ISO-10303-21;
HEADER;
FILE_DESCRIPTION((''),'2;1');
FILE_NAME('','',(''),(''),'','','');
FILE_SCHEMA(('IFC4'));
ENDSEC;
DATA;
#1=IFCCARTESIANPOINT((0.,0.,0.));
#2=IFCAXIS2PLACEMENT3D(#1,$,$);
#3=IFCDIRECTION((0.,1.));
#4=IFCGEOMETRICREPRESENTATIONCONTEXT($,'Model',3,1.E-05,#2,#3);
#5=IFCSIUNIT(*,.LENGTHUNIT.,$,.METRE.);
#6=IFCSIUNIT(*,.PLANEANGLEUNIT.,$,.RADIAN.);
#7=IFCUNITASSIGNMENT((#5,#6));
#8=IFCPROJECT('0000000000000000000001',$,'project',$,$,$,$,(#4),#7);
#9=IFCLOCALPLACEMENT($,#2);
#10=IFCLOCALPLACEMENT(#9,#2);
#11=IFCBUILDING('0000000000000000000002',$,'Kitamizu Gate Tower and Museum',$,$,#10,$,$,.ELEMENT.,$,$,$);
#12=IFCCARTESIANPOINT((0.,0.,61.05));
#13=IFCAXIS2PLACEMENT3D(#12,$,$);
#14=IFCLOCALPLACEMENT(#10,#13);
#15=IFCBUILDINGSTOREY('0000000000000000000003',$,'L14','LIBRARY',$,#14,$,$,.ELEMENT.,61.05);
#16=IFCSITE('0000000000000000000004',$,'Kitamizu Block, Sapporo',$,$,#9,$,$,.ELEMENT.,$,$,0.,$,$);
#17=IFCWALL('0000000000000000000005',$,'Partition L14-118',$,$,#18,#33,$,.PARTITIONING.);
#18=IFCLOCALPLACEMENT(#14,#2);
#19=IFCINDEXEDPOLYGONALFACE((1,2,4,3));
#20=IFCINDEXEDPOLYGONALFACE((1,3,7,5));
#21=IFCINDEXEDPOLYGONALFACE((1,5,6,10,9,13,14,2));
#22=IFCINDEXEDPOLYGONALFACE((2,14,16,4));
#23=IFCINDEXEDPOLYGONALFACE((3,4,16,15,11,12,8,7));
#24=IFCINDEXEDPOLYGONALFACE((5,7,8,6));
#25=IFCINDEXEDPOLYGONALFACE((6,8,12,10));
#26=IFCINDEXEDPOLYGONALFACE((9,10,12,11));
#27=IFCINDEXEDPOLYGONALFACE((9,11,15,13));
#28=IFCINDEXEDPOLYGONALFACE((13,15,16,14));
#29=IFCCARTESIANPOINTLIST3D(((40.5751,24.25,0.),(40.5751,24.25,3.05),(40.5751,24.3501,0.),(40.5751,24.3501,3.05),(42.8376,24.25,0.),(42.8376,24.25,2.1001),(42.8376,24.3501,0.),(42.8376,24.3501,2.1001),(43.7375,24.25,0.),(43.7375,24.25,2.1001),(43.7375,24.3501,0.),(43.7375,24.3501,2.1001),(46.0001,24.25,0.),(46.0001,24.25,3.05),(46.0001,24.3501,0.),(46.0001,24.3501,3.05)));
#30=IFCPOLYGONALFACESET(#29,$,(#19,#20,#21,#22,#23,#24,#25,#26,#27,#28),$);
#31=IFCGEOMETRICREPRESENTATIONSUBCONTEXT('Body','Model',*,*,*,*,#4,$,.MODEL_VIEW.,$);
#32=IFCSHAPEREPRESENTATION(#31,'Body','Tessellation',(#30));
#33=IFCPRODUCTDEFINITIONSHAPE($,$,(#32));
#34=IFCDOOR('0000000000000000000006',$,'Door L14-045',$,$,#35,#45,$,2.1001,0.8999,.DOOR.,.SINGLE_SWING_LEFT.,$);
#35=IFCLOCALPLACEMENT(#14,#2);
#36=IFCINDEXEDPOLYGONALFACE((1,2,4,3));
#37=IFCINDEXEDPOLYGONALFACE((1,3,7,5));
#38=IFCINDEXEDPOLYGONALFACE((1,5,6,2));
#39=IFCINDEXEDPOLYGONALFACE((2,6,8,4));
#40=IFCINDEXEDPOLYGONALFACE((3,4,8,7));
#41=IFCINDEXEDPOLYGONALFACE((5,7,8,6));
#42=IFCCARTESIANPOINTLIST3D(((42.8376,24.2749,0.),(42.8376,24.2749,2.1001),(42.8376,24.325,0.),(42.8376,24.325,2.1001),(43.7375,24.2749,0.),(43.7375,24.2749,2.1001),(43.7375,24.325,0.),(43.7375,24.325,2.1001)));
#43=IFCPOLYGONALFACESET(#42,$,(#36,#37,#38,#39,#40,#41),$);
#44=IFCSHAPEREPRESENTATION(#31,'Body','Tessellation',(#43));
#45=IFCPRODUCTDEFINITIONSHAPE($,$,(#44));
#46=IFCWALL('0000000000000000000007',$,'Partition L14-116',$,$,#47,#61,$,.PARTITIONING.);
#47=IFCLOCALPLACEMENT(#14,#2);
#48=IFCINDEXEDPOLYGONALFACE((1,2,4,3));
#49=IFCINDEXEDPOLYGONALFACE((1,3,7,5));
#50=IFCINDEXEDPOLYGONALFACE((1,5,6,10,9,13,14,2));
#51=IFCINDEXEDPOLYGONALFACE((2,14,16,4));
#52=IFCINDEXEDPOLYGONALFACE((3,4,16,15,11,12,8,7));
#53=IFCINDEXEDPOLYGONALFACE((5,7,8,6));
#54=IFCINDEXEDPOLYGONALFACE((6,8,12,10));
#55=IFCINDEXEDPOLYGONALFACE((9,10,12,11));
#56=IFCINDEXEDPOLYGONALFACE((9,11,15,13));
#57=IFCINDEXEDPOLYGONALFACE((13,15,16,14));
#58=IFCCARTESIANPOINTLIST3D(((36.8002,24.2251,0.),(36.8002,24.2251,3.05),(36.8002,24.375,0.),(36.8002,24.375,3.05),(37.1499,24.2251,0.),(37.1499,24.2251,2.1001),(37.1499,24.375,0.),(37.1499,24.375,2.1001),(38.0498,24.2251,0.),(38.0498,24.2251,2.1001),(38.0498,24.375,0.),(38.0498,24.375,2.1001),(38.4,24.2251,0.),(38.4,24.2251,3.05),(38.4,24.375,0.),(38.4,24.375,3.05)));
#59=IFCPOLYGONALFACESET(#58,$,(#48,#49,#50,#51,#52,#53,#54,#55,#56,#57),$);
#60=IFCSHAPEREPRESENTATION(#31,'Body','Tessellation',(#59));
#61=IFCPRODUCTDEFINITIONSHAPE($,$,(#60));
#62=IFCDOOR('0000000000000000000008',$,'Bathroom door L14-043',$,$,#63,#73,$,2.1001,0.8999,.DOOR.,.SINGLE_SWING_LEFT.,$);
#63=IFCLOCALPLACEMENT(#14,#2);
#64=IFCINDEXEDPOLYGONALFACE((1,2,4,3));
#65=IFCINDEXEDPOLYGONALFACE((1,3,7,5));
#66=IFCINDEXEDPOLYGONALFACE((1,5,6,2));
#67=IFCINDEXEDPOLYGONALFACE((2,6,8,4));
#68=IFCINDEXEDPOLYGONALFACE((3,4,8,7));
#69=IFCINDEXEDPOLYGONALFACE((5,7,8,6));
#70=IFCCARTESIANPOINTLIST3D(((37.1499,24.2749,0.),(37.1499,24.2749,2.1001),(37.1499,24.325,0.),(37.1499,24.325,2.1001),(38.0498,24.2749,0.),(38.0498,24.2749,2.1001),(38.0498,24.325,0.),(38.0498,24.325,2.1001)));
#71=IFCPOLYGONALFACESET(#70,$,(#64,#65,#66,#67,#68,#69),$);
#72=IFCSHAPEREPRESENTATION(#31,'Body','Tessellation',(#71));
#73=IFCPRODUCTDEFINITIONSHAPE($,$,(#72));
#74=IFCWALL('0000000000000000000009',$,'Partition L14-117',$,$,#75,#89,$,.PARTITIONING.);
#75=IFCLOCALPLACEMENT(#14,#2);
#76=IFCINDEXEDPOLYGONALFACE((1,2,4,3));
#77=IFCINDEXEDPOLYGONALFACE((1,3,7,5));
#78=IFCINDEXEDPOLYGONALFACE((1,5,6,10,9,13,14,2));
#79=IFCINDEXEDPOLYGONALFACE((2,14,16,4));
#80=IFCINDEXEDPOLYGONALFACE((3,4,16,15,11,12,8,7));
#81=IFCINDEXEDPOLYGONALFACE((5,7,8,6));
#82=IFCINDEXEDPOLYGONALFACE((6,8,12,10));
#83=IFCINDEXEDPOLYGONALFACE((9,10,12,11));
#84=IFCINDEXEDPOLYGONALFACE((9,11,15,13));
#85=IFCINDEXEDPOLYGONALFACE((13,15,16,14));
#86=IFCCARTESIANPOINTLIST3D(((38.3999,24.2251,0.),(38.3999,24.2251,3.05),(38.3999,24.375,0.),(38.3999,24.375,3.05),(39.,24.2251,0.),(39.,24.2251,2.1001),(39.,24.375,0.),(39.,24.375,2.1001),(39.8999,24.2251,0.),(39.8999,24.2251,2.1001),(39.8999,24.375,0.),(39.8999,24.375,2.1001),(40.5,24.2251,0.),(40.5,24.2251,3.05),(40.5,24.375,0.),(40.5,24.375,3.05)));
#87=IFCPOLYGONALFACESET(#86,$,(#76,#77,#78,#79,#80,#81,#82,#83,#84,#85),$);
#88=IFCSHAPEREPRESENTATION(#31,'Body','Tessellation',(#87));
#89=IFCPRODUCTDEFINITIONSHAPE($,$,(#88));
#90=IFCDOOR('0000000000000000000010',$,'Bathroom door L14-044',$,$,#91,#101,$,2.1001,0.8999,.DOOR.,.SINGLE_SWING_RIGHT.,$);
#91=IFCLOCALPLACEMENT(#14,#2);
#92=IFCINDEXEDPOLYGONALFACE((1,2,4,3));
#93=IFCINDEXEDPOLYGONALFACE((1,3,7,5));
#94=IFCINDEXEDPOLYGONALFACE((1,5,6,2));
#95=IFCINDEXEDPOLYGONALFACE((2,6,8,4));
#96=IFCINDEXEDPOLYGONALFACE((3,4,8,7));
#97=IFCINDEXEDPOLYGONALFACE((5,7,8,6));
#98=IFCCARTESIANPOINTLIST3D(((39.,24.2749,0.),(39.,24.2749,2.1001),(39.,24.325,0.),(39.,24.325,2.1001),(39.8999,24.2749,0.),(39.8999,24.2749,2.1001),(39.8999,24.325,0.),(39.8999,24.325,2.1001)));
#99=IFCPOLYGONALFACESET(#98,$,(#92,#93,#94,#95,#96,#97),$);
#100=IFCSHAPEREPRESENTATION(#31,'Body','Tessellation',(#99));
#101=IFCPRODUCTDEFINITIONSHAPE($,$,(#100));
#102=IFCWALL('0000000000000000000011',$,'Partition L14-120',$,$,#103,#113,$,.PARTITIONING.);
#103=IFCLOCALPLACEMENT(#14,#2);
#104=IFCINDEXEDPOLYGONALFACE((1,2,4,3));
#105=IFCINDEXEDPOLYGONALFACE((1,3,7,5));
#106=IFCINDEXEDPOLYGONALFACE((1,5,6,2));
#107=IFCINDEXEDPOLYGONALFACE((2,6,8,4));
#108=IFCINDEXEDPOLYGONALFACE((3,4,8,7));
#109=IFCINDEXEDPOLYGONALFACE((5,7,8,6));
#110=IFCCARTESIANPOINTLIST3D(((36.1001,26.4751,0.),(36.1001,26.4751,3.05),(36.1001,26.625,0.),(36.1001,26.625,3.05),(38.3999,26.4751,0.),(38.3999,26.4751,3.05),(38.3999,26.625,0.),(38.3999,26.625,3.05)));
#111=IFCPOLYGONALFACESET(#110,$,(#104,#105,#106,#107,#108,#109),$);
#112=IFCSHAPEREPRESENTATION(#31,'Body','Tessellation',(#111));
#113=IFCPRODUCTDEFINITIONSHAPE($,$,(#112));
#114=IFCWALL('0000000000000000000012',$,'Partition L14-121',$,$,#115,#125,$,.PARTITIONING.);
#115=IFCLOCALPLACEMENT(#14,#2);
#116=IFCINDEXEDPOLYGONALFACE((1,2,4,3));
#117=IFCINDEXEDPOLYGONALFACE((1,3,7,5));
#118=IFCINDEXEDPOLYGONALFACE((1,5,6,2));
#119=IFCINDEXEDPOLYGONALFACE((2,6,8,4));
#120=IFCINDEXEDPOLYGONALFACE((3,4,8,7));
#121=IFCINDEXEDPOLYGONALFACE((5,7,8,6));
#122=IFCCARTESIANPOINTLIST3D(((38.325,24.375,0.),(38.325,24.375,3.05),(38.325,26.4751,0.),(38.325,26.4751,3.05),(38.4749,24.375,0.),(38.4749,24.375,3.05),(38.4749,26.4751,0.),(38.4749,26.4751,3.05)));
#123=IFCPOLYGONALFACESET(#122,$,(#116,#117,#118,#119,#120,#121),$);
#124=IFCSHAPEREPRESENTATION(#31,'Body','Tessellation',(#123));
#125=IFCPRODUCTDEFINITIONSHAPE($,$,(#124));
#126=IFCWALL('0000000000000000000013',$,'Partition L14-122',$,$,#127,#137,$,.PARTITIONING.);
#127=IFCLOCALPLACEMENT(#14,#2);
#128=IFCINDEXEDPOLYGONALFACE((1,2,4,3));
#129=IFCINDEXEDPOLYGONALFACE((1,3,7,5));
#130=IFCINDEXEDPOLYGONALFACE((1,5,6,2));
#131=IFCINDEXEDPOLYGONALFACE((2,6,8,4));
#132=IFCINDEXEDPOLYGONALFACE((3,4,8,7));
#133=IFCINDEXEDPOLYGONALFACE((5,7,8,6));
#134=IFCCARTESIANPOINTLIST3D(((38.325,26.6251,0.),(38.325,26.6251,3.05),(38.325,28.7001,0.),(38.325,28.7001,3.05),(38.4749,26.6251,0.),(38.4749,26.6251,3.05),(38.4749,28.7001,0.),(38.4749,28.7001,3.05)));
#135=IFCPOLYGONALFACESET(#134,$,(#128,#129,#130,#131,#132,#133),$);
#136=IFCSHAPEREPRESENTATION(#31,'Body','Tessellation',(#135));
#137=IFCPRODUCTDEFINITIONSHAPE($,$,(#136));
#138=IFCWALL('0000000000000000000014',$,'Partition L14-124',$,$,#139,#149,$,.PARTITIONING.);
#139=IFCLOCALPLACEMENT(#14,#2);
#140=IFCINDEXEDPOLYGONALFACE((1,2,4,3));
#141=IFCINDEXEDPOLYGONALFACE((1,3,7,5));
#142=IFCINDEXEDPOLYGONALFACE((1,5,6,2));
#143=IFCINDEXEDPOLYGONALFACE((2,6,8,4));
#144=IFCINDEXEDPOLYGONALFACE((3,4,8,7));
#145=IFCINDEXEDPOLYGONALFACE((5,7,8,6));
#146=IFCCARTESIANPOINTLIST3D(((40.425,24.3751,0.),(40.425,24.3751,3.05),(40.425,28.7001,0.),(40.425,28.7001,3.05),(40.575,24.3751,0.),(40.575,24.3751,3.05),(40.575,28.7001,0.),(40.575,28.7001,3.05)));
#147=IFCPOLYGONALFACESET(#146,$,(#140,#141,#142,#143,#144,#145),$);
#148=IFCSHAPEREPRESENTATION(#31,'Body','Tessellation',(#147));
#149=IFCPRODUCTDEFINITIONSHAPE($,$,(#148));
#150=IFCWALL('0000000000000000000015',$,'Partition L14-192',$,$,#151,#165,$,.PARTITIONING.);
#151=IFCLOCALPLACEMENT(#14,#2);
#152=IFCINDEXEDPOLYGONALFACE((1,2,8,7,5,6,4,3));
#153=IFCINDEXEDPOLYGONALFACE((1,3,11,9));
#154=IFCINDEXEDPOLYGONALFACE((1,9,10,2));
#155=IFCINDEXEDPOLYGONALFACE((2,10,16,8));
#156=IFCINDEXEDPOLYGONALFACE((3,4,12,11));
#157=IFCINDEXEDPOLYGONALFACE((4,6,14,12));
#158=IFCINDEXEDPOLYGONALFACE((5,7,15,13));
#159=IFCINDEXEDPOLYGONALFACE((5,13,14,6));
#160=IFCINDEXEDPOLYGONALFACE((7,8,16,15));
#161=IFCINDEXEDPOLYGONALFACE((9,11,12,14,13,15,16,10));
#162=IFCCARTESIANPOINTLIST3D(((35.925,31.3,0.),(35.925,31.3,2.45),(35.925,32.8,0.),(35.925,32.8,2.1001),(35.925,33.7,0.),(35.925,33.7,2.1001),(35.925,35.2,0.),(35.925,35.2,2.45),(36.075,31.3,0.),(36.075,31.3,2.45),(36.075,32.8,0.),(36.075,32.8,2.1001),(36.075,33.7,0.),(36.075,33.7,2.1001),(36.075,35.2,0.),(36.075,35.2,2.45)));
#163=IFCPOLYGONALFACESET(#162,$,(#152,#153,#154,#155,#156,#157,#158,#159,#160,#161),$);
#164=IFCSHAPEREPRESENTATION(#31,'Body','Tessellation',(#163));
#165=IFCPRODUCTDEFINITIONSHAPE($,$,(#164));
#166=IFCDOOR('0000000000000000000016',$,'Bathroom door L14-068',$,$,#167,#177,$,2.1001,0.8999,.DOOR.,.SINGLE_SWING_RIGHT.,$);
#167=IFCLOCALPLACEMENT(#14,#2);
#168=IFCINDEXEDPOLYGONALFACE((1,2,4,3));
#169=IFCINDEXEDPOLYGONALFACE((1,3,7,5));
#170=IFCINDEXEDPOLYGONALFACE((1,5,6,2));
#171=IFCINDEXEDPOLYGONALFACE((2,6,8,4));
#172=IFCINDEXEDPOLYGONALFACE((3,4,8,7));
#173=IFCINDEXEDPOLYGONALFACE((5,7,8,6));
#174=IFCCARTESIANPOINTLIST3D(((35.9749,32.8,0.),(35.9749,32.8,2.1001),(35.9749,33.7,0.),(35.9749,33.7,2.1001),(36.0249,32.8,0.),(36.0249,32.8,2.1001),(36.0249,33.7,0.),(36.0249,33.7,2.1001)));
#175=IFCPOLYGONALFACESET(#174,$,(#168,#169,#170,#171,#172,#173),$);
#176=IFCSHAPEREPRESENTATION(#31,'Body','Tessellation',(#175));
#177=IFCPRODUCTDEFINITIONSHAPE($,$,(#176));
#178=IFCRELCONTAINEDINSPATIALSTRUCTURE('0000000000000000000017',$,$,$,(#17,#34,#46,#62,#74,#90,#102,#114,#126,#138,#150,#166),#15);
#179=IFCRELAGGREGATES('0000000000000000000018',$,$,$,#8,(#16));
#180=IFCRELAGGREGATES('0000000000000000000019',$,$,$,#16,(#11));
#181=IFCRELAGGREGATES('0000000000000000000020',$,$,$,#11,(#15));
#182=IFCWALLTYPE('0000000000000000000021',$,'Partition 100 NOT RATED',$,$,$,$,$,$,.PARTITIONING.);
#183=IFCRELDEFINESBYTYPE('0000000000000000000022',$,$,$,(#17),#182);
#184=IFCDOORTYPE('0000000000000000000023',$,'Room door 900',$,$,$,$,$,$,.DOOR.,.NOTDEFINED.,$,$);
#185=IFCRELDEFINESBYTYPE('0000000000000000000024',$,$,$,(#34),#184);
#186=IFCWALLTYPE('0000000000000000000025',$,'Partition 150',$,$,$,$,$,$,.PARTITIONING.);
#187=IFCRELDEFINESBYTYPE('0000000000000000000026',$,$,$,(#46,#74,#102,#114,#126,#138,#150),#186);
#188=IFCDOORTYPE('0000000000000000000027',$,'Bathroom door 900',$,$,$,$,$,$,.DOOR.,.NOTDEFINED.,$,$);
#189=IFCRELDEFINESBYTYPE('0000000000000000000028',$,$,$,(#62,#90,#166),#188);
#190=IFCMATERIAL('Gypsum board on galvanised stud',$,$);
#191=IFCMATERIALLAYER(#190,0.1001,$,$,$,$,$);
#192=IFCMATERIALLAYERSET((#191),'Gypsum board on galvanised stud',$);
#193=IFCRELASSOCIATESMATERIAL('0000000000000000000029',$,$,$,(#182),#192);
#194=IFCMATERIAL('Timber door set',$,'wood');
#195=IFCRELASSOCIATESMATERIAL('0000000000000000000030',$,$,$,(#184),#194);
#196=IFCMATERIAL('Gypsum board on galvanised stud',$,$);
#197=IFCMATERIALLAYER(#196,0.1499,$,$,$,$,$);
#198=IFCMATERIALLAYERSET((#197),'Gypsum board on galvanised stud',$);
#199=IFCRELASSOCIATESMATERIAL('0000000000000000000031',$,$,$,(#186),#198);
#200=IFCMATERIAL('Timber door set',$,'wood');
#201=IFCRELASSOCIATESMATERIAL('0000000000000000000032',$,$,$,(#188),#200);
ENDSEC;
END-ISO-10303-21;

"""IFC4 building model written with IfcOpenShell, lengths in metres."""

from ifc_helpers import new_model, si_unit, direction, frame, frame_2d, origin, place, context, subcontext, project, spatial, rectangle, extrude, material, layer, layer_set, type_object, element, fill, save


model = new_model("IFC4")

# Units and contexts
model_context = context("Model", 3, precision=1e-05, world=origin(), true_north=direction((0.0, 1.0)))
body_context = subcontext(model_context, "Body", "Model", "MODEL_VIEW")
ifc_project = project(units=[si_unit("LENGTHUNIT", "METRE"), si_unit("PLANEANGLEUNIT", "RADIAN")], contexts=[model_context])

# Site, building, storey
site_placement = place(None, origin())
site = spatial("IfcSite", under=ifc_project, at=site_placement, Name="Kitamizu Block, Sapporo", CompositionType="ELEMENT", RefElevation=0.0)
building_placement = place(site_placement, origin())
building = spatial("IfcBuilding", under=site, at=building_placement, Name="Kitamizu Gate Tower and Museum", CompositionType="ELEMENT")
storey_placement = place(building_placement, frame((0.0, 0.0, 61.05)))
storey = spatial("IfcBuildingStorey", under=building, at=storey_placement, Name="L14", Description="LIBRARY", CompositionType="ELEMENT", Elevation=61.05)

# Walls, openings, doors
ifc_material_1 = material(Name="Gypsum board on galvanised stud")
ifc_layer_1 = layer(ifc_material_1, 0.1001)
ifc_layer_set_1 = layer_set([ifc_layer_1], Name="Gypsum board on galvanised stud")
wall_type_1 = type_object("IfcWallType", Name="Partition 100 NOT RATED", PredefinedType="PARTITIONING", material=ifc_layer_set_1)
wall_1_placement = place(storey_placement, frame((46.0, 24.3, 0.0), z_axis=(0.0, 0.0, 1.0), x_axis=(-1.0, 0.0, 0.0)))
wall_1 = element("IfcWall", 1, at=wall_1_placement, inside=storey, type_object=wall_type_1, Name="Partition L14-118", PredefinedType="PARTITIONING", context=body_context, shape_type="SweptSolid", body=[
    extrude(rectangle(XDim=5.425, YDim=0.1001, at=frame_2d((2.7124, 0.0))), origin(), (0.0, 0.0, 1.0), 3.05),
])
opening_1_placement = place(wall_1_placement, frame((2.2625, 0.0, 0.0)))
opening_1 = element("IfcOpeningElement", 2, at=opening_1_placement, cuts=wall_1, PredefinedType="OPENING", context=body_context, shape_type="SweptSolid", body=[
    extrude(rectangle(XDim=0.8999, YDim=2.1001, at=frame_2d((0.45, 1.05))), frame((0.0, 0.0601, 0.0), z_axis=(0.0, -1.0, 0.0), x_axis=(1.0, 0.0, 0.0)), (0.0, 0.0, 1.0), 0.1201),
])
ifc_material_2 = material(Name="Timber door set", Category="wood")
door_type_1 = type_object("IfcDoorType", Name="Room door 900", OperationType="NOTDEFINED", PredefinedType="DOOR", material=ifc_material_2)
door_1_placement = place(opening_1_placement, frame((0.8999, 0.0, 0.0), x_axis=(-1.0, 0.0, 0.0)))
door_1 = element("IfcDoor", 3, at=door_1_placement, inside=storey, type_object=door_type_1, Name="Door L14-045", OperationType="SINGLE_SWING_LEFT", OverallHeight=2.1001, OverallWidth=0.8999, PredefinedType="DOOR", context=body_context, shape_type="SweptSolid", body=[
    extrude(rectangle(XDim=0.8999, YDim=2.1001, at=frame_2d((0.45, 1.05))), frame((0.0, 0.0249, 0.0), z_axis=(0.0, -1.0, 0.0), x_axis=(1.0, 0.0, 0.0)), (0.0, 0.0, 1.0), 0.05),
])
fill(opening_1, door_1)
ifc_material_3 = material(Name="Gypsum board on galvanised stud")
ifc_layer_2 = layer(ifc_material_3, 0.1499)
ifc_layer_set_2 = layer_set([ifc_layer_2], Name="Gypsum board on galvanised stud")
wall_type_2 = type_object("IfcWallType", Name="Partition 150", PredefinedType="PARTITIONING", material=ifc_layer_set_2)
wall_2_placement = place(storey_placement, frame((38.3999, 24.3, 0.0), z_axis=(0.0, 0.0, 1.0), x_axis=(-1.0, 0.0, 0.0)))
wall_2 = element("IfcWall", 4, at=wall_2_placement, inside=storey, type_object=wall_type_2, Name="Partition L14-116", PredefinedType="PARTITIONING", context=body_context, shape_type="SweptSolid", body=[
    extrude(rectangle(XDim=1.5999, YDim=0.1499, at=frame_2d((0.7998, 0.0))), origin(), (0.0, 0.0, 1.0), 3.05),
])
opening_2_placement = place(wall_2_placement, frame((0.3501, 0.0, 0.0)))
opening_2 = element("IfcOpeningElement", 5, at=opening_2_placement, cuts=wall_2, PredefinedType="OPENING", context=body_context, shape_type="SweptSolid", body=[
    extrude(rectangle(XDim=0.8999, YDim=2.1001, at=frame_2d((0.45, 1.05))), frame((0.0, 0.085, 0.0), z_axis=(0.0, -1.0, 0.0), x_axis=(1.0, 0.0, 0.0)), (0.0, 0.0, 1.0), 0.1699),
])
ifc_material_4 = material(Name="Timber door set", Category="wood")
door_type_2 = type_object("IfcDoorType", Name="Bathroom door 900", OperationType="NOTDEFINED", PredefinedType="DOOR", material=ifc_material_4)
door_2_placement = place(opening_2_placement, frame((0.8999, 0.0, 0.0), x_axis=(-1.0, 0.0, 0.0)))
door_2 = element("IfcDoor", 6, at=door_2_placement, inside=storey, type_object=door_type_2, Name="Bathroom door L14-043", OperationType="SINGLE_SWING_LEFT", OverallHeight=2.1001, OverallWidth=0.8999, PredefinedType="DOOR", context=body_context, shape_type="SweptSolid", body=[
    extrude(rectangle(XDim=0.8999, YDim=2.1001, at=frame_2d((0.45, 1.05))), frame((0.0, 0.0249, 0.0), z_axis=(0.0, -1.0, 0.0), x_axis=(1.0, 0.0, 0.0)), (0.0, 0.0, 1.0), 0.05),
])
fill(opening_2, door_2)
wall_3_placement = place(storey_placement, frame((40.5, 24.3, 0.0), z_axis=(0.0, 0.0, 1.0), x_axis=(-1.0, 0.0, 0.0)))
wall_3 = element("IfcWall", 7, at=wall_3_placement, inside=storey, type_object=wall_type_2, Name="Partition L14-117", PredefinedType="PARTITIONING", context=body_context, shape_type="SweptSolid", body=[
    extrude(rectangle(XDim=2.1001, YDim=0.1499, at=frame_2d((1.05, 0.0))), origin(), (0.0, 0.0, 1.0), 3.05),
])
opening_3_placement = place(wall_3_placement, frame((0.6001, 0.0, 0.0)))
opening_3 = element("IfcOpeningElement", 8, at=opening_3_placement, cuts=wall_3, PredefinedType="OPENING", context=body_context, shape_type="SweptSolid", body=[
    extrude(rectangle(XDim=0.8999, YDim=2.1001, at=frame_2d((0.45, 1.05))), frame((0.0, 0.085, 0.0), z_axis=(0.0, -1.0, 0.0), x_axis=(1.0, 0.0, 0.0)), (0.0, 0.0, 1.0), 0.1699),
])
door_3_placement = place(opening_3_placement, frame((0.8999, 0.0, 0.0), x_axis=(-1.0, 0.0, 0.0)))
door_3 = element("IfcDoor", 9, at=door_3_placement, inside=storey, type_object=door_type_2, Name="Bathroom door L14-044", OperationType="SINGLE_SWING_RIGHT", OverallHeight=2.1001, OverallWidth=0.8999, PredefinedType="DOOR", context=body_context, shape_type="SweptSolid", body=[
    extrude(rectangle(XDim=0.8999, YDim=2.1001, at=frame_2d((0.45, 1.05))), frame((0.0, 0.0249, 0.0), z_axis=(0.0, -1.0, 0.0), x_axis=(1.0, 0.0, 0.0)), (0.0, 0.0, 1.0), 0.05),
])
fill(opening_3, door_3)

# Walls
wall_4_placement = place(storey_placement, frame((38.3999, 26.55, 0.0), z_axis=(0.0, 0.0, 1.0), x_axis=(-1.0, 0.0, 0.0)))
element("IfcWall", 10, at=wall_4_placement, inside=storey, type_object=wall_type_2, Name="Partition L14-120", PredefinedType="PARTITIONING", context=body_context, shape_type="SweptSolid", body=[
    extrude(rectangle(XDim=2.2998, YDim=0.1499, at=frame_2d((1.1499, 0.0))), origin(), (0.0, 0.0, 1.0), 3.05),
])
wall_5_placement = place(storey_placement, frame((38.3999, 24.375, 0.0), z_axis=(0.0, 0.0, 1.0), x_axis=(0.0, 1.0, 0.0)))
element("IfcWall", 11, at=wall_5_placement, inside=storey, type_object=wall_type_2, Name="Partition L14-121", PredefinedType="PARTITIONING", context=body_context, shape_type="SweptSolid", body=[
    extrude(rectangle(XDim=2.1001, YDim=0.1499, at=frame_2d((1.05, 0.0))), origin(), (0.0, 0.0, 1.0), 3.05),
])
wall_6_placement = place(storey_placement, frame((38.3999, 26.625, 0.0), z_axis=(0.0, 0.0, 1.0), x_axis=(0.0, 1.0, 0.0)))
element("IfcWall", 12, at=wall_6_placement, inside=storey, type_object=wall_type_2, Name="Partition L14-122", PredefinedType="PARTITIONING", context=body_context, shape_type="SweptSolid", body=[
    extrude(rectangle(XDim=2.075, YDim=0.1499, at=frame_2d((1.0376, 0.0))), origin(), (0.0, 0.0, 1.0), 3.05),
])
wall_7_placement = place(storey_placement, frame((40.5, 24.375, 0.0), z_axis=(0.0, 0.0, 1.0), x_axis=(0.0, 1.0, 0.0)))
element("IfcWall", 13, at=wall_7_placement, inside=storey, type_object=wall_type_2, Name="Partition L14-124", PredefinedType="PARTITIONING", context=body_context, shape_type="SweptSolid", body=[
    extrude(rectangle(XDim=4.325, YDim=0.1499, at=frame_2d((2.1626, 0.0))), origin(), (0.0, 0.0, 1.0), 3.05),
])

# Wall, opening, door
wall_8_placement = place(storey_placement, frame((36.0, 31.3, 0.0), z_axis=(0.0, 0.0, 1.0), x_axis=(0.0, 1.0, 0.0)))
wall_8 = element("IfcWall", 14, at=wall_8_placement, inside=storey, type_object=wall_type_2, Name="Partition L14-192", PredefinedType="PARTITIONING", context=body_context, shape_type="SweptSolid", body=[
    extrude(rectangle(XDim=3.8999, YDim=0.1499, at=frame_2d((1.95, 0.0))), origin(), (0.0, 0.0, 1.0), 2.45),
])
opening_4_placement = place(wall_8_placement, frame((1.5, 0.0, 0.0)))
opening_4 = element("IfcOpeningElement", 15, at=opening_4_placement, cuts=wall_8, PredefinedType="OPENING", context=body_context, shape_type="SweptSolid", body=[
    extrude(rectangle(XDim=0.8999, YDim=2.1001, at=frame_2d((0.45, 1.05))), frame((0.0, 0.085, 0.0), z_axis=(0.0, -1.0, 0.0), x_axis=(1.0, 0.0, 0.0)), (0.0, 0.0, 1.0), 0.1699),
])
door_4_placement = place(opening_4_placement, frame((0.8999, 0.0, 0.0), x_axis=(-1.0, 0.0, 0.0)))
door_4 = element("IfcDoor", 16, at=door_4_placement, inside=storey, type_object=door_type_2, Name="Bathroom door L14-068", OperationType="SINGLE_SWING_RIGHT", OverallHeight=2.1001, OverallWidth=0.8999, PredefinedType="DOOR", context=body_context, shape_type="SweptSolid", body=[
    extrude(rectangle(XDim=0.8999, YDim=2.1001, at=frame_2d((0.45, 1.05))), frame((0.0, 0.0249, 0.0), z_axis=(0.0, -1.0, 0.0), x_axis=(1.0, 0.0, 0.0)), (0.0, 0.0, 1.0), 0.05),
])
fill(opening_4, door_4)

save(model, "model.ifc")
